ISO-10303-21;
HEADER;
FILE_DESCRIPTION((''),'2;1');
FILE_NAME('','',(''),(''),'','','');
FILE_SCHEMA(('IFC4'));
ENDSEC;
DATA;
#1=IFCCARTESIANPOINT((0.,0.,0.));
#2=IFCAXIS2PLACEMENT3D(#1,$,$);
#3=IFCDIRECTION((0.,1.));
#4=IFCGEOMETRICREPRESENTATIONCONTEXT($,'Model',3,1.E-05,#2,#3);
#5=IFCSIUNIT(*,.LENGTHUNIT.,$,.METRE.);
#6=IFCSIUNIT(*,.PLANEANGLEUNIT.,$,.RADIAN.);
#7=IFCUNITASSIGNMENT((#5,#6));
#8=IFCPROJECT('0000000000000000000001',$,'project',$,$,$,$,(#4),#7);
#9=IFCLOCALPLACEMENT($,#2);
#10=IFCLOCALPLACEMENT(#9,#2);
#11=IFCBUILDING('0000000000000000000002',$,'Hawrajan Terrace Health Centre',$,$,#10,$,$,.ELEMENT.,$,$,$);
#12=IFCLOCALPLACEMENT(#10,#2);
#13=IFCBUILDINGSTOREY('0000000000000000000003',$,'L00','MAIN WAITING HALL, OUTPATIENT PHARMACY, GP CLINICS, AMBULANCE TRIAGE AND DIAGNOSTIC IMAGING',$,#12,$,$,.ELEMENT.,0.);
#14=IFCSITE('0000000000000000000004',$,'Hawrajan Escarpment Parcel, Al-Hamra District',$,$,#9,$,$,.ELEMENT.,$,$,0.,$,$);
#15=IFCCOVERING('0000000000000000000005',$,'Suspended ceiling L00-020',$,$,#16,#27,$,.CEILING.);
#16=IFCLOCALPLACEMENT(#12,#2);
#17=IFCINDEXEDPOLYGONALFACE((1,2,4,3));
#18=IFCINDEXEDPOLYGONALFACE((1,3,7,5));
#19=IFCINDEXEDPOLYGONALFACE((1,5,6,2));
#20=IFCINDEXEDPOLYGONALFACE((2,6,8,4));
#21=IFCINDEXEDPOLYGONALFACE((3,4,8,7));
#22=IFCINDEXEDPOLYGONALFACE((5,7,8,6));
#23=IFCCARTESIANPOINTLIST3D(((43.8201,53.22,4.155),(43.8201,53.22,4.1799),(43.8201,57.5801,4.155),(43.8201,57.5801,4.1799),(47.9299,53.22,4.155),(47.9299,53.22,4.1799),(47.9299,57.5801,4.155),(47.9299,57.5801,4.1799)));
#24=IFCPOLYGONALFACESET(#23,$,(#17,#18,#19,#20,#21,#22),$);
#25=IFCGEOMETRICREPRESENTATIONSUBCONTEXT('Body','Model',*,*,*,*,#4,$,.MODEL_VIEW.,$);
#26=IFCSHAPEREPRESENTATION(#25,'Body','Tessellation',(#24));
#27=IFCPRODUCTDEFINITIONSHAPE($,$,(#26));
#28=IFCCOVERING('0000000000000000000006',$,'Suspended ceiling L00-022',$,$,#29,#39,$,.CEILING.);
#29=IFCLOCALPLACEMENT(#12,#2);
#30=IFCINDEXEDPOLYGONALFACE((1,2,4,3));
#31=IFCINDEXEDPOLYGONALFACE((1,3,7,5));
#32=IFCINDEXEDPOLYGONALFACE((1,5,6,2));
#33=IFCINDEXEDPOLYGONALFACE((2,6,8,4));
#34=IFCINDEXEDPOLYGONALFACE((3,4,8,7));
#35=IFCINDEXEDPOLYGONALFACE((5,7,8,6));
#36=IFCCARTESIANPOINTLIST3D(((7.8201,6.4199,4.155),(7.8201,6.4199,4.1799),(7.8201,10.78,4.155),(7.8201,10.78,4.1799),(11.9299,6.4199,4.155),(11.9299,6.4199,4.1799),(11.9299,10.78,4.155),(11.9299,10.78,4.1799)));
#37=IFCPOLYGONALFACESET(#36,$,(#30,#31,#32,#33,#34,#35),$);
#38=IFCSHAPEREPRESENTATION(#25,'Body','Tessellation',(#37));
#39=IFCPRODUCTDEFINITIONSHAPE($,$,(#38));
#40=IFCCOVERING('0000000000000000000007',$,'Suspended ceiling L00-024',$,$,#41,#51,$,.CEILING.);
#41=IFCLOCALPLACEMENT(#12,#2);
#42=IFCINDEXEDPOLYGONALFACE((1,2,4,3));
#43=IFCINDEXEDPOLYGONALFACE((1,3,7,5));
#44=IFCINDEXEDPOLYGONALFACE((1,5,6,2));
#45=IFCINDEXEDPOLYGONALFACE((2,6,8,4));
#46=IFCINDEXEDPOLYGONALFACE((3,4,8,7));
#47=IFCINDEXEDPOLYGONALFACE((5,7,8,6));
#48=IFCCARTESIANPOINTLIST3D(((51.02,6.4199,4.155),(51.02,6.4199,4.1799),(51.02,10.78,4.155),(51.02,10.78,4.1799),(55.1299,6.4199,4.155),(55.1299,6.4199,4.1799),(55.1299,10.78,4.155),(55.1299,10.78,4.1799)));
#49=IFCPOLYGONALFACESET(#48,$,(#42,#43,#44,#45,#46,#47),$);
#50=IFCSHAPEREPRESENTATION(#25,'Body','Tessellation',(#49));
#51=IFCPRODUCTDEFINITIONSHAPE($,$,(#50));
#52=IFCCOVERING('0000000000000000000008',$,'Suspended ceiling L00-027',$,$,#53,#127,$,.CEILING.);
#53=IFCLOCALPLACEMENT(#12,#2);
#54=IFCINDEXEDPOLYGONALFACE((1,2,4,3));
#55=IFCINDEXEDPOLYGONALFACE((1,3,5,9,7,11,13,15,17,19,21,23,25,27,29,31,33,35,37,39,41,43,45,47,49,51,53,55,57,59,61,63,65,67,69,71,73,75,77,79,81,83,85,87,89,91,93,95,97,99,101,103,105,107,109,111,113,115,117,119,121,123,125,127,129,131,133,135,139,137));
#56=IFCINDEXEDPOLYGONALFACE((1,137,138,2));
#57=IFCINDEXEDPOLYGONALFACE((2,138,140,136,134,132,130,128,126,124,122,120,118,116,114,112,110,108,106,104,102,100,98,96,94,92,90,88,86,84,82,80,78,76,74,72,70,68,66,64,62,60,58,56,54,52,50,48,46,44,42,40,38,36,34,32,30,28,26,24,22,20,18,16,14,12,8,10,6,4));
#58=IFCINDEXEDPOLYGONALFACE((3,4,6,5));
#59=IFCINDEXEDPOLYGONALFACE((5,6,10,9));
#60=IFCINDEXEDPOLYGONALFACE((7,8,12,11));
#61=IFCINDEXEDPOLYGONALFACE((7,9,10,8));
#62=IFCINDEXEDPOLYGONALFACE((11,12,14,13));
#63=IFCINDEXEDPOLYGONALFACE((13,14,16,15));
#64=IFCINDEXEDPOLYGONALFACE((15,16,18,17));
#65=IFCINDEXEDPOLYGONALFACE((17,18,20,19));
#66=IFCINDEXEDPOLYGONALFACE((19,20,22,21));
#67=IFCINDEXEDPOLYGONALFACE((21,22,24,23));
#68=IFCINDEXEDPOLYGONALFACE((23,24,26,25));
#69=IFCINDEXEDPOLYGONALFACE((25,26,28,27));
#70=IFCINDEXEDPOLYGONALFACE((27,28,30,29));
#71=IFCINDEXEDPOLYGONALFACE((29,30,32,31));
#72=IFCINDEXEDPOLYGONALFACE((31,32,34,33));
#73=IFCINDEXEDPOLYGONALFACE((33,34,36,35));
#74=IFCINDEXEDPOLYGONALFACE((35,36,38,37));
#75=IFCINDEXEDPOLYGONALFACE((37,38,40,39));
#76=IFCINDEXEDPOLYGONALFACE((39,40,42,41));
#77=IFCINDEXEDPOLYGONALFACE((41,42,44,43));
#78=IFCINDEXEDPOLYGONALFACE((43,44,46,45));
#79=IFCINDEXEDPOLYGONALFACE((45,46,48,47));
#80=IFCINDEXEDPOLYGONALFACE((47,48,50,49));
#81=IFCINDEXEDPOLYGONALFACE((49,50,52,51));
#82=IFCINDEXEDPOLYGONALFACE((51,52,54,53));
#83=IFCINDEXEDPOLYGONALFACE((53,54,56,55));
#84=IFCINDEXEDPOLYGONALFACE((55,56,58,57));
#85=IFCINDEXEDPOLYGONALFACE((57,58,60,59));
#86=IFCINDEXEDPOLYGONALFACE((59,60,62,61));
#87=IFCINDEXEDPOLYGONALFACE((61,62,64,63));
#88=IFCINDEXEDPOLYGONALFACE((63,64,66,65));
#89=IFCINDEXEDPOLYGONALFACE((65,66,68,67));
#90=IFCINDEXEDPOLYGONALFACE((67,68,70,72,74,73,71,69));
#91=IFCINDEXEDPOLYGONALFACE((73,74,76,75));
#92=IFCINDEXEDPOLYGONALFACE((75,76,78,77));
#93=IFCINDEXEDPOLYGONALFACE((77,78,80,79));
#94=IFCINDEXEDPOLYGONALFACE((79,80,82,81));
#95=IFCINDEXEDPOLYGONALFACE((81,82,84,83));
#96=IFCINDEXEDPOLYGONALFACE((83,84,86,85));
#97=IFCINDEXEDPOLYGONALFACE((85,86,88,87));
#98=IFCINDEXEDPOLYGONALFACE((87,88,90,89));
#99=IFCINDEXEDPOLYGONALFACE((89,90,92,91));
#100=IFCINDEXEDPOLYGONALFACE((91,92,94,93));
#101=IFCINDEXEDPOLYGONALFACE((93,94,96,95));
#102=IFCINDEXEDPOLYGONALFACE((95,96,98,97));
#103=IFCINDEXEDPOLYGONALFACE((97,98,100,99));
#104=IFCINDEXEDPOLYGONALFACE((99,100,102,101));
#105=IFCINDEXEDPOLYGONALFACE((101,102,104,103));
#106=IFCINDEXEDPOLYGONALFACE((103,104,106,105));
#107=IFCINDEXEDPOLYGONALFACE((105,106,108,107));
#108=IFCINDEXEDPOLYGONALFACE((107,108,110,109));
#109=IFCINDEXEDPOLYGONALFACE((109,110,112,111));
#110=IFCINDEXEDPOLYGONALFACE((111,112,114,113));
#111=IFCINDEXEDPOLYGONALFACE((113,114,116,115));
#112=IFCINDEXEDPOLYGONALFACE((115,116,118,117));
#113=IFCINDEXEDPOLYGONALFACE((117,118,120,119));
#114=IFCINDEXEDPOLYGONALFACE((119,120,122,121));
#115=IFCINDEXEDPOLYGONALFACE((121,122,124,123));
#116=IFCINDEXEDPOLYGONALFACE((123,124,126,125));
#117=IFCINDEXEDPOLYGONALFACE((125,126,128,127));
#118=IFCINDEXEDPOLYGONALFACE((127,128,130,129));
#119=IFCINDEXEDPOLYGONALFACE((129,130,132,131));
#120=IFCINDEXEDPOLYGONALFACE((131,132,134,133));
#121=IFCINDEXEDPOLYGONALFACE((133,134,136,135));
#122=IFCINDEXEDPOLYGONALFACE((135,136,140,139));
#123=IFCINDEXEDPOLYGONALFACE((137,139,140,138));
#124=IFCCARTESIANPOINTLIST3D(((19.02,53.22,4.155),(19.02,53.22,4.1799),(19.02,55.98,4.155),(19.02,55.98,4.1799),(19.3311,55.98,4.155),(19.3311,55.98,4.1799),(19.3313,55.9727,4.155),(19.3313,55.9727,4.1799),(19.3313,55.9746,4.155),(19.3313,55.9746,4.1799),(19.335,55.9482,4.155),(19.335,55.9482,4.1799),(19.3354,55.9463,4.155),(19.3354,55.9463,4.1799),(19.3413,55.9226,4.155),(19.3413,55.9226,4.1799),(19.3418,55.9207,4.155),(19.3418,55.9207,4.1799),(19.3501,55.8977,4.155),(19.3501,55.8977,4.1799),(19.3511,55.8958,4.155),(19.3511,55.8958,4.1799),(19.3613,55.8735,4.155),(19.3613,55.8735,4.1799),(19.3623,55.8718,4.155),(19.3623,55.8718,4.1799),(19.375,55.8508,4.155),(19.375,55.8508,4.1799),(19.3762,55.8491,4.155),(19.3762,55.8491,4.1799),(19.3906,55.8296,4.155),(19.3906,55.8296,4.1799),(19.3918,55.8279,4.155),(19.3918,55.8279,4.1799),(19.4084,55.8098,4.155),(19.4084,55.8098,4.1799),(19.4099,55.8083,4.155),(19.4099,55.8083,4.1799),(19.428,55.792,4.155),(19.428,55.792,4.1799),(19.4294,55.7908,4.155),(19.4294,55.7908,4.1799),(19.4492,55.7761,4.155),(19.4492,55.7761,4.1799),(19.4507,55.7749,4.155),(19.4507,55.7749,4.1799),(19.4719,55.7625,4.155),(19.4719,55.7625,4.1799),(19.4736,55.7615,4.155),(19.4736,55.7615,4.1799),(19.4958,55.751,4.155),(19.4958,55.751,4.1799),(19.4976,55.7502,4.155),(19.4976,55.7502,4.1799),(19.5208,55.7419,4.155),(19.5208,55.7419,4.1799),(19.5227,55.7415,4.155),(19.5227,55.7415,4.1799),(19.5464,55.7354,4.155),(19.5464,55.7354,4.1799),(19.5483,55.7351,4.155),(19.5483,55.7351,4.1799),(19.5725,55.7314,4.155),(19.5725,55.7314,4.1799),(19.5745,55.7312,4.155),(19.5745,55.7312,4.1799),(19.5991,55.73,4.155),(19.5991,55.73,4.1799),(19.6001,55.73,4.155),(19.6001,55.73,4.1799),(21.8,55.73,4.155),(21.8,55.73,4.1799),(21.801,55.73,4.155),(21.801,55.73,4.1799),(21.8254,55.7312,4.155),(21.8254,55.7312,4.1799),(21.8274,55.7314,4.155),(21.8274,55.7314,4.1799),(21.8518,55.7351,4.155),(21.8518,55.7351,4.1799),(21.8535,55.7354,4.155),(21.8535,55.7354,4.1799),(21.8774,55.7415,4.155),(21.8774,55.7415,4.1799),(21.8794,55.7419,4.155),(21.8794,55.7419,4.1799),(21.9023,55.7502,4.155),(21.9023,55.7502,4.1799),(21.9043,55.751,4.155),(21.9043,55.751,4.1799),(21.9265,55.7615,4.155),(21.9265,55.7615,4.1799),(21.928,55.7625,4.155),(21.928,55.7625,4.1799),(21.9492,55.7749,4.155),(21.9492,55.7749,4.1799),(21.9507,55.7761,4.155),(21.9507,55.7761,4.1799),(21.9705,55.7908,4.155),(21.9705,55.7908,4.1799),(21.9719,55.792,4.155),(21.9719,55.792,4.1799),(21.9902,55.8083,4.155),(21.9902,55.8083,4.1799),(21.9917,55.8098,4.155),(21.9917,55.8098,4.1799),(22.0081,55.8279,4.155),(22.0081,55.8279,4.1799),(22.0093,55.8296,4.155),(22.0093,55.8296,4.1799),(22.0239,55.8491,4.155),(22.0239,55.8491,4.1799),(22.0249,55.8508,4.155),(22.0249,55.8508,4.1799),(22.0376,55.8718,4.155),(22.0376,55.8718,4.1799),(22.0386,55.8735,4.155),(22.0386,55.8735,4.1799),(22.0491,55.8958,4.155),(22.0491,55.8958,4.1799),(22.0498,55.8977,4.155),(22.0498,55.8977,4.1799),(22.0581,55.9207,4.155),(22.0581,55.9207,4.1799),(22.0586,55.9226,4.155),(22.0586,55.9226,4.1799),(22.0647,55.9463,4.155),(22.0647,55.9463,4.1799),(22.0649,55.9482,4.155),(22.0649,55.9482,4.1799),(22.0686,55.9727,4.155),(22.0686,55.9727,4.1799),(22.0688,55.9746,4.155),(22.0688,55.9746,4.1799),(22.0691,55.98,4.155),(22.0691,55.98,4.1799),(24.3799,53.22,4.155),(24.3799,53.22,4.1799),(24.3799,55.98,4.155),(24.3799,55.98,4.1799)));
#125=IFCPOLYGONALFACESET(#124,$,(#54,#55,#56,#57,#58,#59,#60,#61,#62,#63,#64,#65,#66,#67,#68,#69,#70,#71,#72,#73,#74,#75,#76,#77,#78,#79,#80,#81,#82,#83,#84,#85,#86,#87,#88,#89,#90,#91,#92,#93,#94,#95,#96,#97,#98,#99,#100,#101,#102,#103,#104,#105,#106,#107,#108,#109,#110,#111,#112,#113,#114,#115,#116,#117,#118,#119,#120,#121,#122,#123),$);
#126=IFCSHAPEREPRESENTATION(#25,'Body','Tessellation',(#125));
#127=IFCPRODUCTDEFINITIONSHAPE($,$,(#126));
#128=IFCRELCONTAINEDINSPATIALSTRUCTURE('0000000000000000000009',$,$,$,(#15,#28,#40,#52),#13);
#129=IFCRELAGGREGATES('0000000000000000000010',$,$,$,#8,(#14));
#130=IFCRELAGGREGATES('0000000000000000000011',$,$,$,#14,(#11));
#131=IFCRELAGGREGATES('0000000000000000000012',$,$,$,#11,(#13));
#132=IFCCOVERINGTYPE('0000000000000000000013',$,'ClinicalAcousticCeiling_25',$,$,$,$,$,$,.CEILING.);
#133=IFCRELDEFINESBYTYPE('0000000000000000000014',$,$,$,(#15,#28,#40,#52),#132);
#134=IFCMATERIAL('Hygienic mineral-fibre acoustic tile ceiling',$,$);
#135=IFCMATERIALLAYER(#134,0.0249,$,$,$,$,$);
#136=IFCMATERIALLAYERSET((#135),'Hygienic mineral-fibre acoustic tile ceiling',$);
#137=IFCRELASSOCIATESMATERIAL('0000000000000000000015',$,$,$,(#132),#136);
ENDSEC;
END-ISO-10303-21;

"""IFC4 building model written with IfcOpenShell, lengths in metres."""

from ifc_helpers import new_model, si_unit, direction, frame, origin, place, context, subcontext, project, spatial, polyline, outline, extrude, material, layer, layer_set, type_object, element, save


model = new_model("IFC4")

# Units and contexts
model_context = context("Model", 3, precision=1e-05, world=origin(), true_north=direction((0.0, 1.0)))
body_context = subcontext(model_context, "Body", "Model", "MODEL_VIEW")
ifc_project = project(units=[si_unit("LENGTHUNIT", "METRE"), si_unit("PLANEANGLEUNIT", "RADIAN")], contexts=[model_context])

# Site, building, storey
site_placement = place(None, origin())
site = spatial("IfcSite", under=ifc_project, at=site_placement, Name="Hawrajan Escarpment Parcel, Al-Hamra District", CompositionType="ELEMENT", RefElevation=0.0)
building_placement = place(site_placement, origin())
building = spatial("IfcBuilding", under=site, at=building_placement, Name="Hawrajan Terrace Health Centre", CompositionType="ELEMENT")
storey_placement = place(building_placement, origin())
storey = spatial("IfcBuildingStorey", under=building, at=storey_placement, Name="L00", Description="MAIN WAITING HALL, OUTPATIENT PHARMACY, GP CLINICS, AMBULANCE TRIAGE AND DIAGNOSTIC IMAGING", CompositionType="ELEMENT", Elevation=0.0)

# Coverings
ifc_material = material(Name="Hygienic mineral-fibre acoustic tile ceiling")
ifc_layer = layer(ifc_material, 0.0249)
ifc_layer_set = layer_set([ifc_layer], Name="Hygienic mineral-fibre acoustic tile ceiling")
covering_type = type_object("IfcCoveringType", Name="ClinicalAcousticCeiling_25", PredefinedType="CEILING", material=ifc_layer_set)
covering_1_placement = place(storey_placement, frame((0.0, 0.0, 4.155)))
element("IfcCovering", 1, at=covering_1_placement, inside=storey, type_object=covering_type, Name="Suspended ceiling L00-020", PredefinedType="CEILING", context=body_context, shape_type="SweptSolid", body=[
    extrude(outline(polyline([(43.8201, 53.22), (43.8201, 57.5801), (47.9299, 57.5801), (47.9299, 53.22), (43.8201, 53.22)])), origin(), (0.0, 0.0, 1.0), 0.0249),
])
covering_2_placement = place(storey_placement, frame((0.0, 0.0, 4.155)))
element("IfcCovering", 2, at=covering_2_placement, inside=storey, type_object=covering_type, Name="Suspended ceiling L00-022", PredefinedType="CEILING", context=body_context, shape_type="SweptSolid", body=[
    extrude(outline(polyline([(7.8201, 6.4199), (7.8201, 10.78), (11.9299, 10.78), (11.9299, 6.4199), (7.8201, 6.4199)])), origin(), (0.0, 0.0, 1.0), 0.0249),
])
covering_3_placement = place(storey_placement, frame((0.0, 0.0, 4.155)))
element("IfcCovering", 3, at=covering_3_placement, inside=storey, type_object=covering_type, Name="Suspended ceiling L00-024", PredefinedType="CEILING", context=body_context, shape_type="SweptSolid", body=[
    extrude(outline(polyline([(51.02, 6.4199), (51.02, 10.78), (55.1299, 10.78), (55.1299, 6.4199), (51.02, 6.4199)])), origin(), (0.0, 0.0, 1.0), 0.0249),
])
covering_4_placement = place(storey_placement, frame((0.0, 0.0, 4.155)))
element("IfcCovering", 4, at=covering_4_placement, inside=storey, type_object=covering_type, Name="Suspended ceiling L00-027", PredefinedType="CEILING", context=body_context, shape_type="SweptSolid", body=[
    extrude(outline(polyline([(24.3799, 55.98), (24.3799, 53.22), (19.02, 53.22), (19.02, 55.98), (19.3311, 55.98), (19.3313, 55.9746), (19.3313, 55.9727), (19.335, 55.9482), (19.3354, 55.9463), (19.3413, 55.9226), (19.3418, 55.9207), (19.3501, 55.8977), (19.3511, 55.8958), (19.3613, 55.8735), (19.3623, 55.8718), (19.375, 55.8508), (19.3762, 55.8491), (19.3906, 55.8296), (19.3918, 55.8279), (19.4084, 55.8098), (19.4099, 55.8083), (19.428, 55.792), (19.4294, 55.7908), (19.4492, 55.7761), (19.4507, 55.7749), (19.4719, 55.7625), (19.4736, 55.7615), (19.4958, 55.751), (19.4976, 55.7502), (19.5208, 55.7419), (19.5227, 55.7415), (19.5464, 55.7354), (19.5483, 55.7351), (19.5725, 55.7314), (19.5745, 55.7312), (19.5991, 55.73), (19.6001, 55.73), (21.8, 55.73), (21.801, 55.73), (21.8254, 55.7312), (21.8274, 55.7314), (21.8518, 55.7351), (21.8535, 55.7354), (21.8774, 55.7415), (21.8794, 55.7419), (21.9023, 55.7502), (21.9043, 55.751), (21.9265, 55.7615), (21.928, 55.7625), (21.9492, 55.7749), (21.9507, 55.7761), (21.9705, 55.7908), (21.9719, 55.792), (21.9902, 55.8083), (21.9917, 55.8098), (22.0081, 55.8279), (22.0093, 55.8296), (22.0239, 55.8491), (22.0249, 55.8508), (22.0376, 55.8718), (22.0386, 55.8735), (22.0491, 55.8958), (22.0498, 55.8977), (22.0581, 55.9207), (22.0586, 55.9226), (22.0647, 55.9463), (22.0649, 55.9482), (22.0686, 55.9727), (22.0688, 55.9746), (22.0691, 55.98), (24.3799, 55.98)])), origin(), (0.0, 0.0, 1.0), 0.0249),
])

save(model, "model.ifc")
